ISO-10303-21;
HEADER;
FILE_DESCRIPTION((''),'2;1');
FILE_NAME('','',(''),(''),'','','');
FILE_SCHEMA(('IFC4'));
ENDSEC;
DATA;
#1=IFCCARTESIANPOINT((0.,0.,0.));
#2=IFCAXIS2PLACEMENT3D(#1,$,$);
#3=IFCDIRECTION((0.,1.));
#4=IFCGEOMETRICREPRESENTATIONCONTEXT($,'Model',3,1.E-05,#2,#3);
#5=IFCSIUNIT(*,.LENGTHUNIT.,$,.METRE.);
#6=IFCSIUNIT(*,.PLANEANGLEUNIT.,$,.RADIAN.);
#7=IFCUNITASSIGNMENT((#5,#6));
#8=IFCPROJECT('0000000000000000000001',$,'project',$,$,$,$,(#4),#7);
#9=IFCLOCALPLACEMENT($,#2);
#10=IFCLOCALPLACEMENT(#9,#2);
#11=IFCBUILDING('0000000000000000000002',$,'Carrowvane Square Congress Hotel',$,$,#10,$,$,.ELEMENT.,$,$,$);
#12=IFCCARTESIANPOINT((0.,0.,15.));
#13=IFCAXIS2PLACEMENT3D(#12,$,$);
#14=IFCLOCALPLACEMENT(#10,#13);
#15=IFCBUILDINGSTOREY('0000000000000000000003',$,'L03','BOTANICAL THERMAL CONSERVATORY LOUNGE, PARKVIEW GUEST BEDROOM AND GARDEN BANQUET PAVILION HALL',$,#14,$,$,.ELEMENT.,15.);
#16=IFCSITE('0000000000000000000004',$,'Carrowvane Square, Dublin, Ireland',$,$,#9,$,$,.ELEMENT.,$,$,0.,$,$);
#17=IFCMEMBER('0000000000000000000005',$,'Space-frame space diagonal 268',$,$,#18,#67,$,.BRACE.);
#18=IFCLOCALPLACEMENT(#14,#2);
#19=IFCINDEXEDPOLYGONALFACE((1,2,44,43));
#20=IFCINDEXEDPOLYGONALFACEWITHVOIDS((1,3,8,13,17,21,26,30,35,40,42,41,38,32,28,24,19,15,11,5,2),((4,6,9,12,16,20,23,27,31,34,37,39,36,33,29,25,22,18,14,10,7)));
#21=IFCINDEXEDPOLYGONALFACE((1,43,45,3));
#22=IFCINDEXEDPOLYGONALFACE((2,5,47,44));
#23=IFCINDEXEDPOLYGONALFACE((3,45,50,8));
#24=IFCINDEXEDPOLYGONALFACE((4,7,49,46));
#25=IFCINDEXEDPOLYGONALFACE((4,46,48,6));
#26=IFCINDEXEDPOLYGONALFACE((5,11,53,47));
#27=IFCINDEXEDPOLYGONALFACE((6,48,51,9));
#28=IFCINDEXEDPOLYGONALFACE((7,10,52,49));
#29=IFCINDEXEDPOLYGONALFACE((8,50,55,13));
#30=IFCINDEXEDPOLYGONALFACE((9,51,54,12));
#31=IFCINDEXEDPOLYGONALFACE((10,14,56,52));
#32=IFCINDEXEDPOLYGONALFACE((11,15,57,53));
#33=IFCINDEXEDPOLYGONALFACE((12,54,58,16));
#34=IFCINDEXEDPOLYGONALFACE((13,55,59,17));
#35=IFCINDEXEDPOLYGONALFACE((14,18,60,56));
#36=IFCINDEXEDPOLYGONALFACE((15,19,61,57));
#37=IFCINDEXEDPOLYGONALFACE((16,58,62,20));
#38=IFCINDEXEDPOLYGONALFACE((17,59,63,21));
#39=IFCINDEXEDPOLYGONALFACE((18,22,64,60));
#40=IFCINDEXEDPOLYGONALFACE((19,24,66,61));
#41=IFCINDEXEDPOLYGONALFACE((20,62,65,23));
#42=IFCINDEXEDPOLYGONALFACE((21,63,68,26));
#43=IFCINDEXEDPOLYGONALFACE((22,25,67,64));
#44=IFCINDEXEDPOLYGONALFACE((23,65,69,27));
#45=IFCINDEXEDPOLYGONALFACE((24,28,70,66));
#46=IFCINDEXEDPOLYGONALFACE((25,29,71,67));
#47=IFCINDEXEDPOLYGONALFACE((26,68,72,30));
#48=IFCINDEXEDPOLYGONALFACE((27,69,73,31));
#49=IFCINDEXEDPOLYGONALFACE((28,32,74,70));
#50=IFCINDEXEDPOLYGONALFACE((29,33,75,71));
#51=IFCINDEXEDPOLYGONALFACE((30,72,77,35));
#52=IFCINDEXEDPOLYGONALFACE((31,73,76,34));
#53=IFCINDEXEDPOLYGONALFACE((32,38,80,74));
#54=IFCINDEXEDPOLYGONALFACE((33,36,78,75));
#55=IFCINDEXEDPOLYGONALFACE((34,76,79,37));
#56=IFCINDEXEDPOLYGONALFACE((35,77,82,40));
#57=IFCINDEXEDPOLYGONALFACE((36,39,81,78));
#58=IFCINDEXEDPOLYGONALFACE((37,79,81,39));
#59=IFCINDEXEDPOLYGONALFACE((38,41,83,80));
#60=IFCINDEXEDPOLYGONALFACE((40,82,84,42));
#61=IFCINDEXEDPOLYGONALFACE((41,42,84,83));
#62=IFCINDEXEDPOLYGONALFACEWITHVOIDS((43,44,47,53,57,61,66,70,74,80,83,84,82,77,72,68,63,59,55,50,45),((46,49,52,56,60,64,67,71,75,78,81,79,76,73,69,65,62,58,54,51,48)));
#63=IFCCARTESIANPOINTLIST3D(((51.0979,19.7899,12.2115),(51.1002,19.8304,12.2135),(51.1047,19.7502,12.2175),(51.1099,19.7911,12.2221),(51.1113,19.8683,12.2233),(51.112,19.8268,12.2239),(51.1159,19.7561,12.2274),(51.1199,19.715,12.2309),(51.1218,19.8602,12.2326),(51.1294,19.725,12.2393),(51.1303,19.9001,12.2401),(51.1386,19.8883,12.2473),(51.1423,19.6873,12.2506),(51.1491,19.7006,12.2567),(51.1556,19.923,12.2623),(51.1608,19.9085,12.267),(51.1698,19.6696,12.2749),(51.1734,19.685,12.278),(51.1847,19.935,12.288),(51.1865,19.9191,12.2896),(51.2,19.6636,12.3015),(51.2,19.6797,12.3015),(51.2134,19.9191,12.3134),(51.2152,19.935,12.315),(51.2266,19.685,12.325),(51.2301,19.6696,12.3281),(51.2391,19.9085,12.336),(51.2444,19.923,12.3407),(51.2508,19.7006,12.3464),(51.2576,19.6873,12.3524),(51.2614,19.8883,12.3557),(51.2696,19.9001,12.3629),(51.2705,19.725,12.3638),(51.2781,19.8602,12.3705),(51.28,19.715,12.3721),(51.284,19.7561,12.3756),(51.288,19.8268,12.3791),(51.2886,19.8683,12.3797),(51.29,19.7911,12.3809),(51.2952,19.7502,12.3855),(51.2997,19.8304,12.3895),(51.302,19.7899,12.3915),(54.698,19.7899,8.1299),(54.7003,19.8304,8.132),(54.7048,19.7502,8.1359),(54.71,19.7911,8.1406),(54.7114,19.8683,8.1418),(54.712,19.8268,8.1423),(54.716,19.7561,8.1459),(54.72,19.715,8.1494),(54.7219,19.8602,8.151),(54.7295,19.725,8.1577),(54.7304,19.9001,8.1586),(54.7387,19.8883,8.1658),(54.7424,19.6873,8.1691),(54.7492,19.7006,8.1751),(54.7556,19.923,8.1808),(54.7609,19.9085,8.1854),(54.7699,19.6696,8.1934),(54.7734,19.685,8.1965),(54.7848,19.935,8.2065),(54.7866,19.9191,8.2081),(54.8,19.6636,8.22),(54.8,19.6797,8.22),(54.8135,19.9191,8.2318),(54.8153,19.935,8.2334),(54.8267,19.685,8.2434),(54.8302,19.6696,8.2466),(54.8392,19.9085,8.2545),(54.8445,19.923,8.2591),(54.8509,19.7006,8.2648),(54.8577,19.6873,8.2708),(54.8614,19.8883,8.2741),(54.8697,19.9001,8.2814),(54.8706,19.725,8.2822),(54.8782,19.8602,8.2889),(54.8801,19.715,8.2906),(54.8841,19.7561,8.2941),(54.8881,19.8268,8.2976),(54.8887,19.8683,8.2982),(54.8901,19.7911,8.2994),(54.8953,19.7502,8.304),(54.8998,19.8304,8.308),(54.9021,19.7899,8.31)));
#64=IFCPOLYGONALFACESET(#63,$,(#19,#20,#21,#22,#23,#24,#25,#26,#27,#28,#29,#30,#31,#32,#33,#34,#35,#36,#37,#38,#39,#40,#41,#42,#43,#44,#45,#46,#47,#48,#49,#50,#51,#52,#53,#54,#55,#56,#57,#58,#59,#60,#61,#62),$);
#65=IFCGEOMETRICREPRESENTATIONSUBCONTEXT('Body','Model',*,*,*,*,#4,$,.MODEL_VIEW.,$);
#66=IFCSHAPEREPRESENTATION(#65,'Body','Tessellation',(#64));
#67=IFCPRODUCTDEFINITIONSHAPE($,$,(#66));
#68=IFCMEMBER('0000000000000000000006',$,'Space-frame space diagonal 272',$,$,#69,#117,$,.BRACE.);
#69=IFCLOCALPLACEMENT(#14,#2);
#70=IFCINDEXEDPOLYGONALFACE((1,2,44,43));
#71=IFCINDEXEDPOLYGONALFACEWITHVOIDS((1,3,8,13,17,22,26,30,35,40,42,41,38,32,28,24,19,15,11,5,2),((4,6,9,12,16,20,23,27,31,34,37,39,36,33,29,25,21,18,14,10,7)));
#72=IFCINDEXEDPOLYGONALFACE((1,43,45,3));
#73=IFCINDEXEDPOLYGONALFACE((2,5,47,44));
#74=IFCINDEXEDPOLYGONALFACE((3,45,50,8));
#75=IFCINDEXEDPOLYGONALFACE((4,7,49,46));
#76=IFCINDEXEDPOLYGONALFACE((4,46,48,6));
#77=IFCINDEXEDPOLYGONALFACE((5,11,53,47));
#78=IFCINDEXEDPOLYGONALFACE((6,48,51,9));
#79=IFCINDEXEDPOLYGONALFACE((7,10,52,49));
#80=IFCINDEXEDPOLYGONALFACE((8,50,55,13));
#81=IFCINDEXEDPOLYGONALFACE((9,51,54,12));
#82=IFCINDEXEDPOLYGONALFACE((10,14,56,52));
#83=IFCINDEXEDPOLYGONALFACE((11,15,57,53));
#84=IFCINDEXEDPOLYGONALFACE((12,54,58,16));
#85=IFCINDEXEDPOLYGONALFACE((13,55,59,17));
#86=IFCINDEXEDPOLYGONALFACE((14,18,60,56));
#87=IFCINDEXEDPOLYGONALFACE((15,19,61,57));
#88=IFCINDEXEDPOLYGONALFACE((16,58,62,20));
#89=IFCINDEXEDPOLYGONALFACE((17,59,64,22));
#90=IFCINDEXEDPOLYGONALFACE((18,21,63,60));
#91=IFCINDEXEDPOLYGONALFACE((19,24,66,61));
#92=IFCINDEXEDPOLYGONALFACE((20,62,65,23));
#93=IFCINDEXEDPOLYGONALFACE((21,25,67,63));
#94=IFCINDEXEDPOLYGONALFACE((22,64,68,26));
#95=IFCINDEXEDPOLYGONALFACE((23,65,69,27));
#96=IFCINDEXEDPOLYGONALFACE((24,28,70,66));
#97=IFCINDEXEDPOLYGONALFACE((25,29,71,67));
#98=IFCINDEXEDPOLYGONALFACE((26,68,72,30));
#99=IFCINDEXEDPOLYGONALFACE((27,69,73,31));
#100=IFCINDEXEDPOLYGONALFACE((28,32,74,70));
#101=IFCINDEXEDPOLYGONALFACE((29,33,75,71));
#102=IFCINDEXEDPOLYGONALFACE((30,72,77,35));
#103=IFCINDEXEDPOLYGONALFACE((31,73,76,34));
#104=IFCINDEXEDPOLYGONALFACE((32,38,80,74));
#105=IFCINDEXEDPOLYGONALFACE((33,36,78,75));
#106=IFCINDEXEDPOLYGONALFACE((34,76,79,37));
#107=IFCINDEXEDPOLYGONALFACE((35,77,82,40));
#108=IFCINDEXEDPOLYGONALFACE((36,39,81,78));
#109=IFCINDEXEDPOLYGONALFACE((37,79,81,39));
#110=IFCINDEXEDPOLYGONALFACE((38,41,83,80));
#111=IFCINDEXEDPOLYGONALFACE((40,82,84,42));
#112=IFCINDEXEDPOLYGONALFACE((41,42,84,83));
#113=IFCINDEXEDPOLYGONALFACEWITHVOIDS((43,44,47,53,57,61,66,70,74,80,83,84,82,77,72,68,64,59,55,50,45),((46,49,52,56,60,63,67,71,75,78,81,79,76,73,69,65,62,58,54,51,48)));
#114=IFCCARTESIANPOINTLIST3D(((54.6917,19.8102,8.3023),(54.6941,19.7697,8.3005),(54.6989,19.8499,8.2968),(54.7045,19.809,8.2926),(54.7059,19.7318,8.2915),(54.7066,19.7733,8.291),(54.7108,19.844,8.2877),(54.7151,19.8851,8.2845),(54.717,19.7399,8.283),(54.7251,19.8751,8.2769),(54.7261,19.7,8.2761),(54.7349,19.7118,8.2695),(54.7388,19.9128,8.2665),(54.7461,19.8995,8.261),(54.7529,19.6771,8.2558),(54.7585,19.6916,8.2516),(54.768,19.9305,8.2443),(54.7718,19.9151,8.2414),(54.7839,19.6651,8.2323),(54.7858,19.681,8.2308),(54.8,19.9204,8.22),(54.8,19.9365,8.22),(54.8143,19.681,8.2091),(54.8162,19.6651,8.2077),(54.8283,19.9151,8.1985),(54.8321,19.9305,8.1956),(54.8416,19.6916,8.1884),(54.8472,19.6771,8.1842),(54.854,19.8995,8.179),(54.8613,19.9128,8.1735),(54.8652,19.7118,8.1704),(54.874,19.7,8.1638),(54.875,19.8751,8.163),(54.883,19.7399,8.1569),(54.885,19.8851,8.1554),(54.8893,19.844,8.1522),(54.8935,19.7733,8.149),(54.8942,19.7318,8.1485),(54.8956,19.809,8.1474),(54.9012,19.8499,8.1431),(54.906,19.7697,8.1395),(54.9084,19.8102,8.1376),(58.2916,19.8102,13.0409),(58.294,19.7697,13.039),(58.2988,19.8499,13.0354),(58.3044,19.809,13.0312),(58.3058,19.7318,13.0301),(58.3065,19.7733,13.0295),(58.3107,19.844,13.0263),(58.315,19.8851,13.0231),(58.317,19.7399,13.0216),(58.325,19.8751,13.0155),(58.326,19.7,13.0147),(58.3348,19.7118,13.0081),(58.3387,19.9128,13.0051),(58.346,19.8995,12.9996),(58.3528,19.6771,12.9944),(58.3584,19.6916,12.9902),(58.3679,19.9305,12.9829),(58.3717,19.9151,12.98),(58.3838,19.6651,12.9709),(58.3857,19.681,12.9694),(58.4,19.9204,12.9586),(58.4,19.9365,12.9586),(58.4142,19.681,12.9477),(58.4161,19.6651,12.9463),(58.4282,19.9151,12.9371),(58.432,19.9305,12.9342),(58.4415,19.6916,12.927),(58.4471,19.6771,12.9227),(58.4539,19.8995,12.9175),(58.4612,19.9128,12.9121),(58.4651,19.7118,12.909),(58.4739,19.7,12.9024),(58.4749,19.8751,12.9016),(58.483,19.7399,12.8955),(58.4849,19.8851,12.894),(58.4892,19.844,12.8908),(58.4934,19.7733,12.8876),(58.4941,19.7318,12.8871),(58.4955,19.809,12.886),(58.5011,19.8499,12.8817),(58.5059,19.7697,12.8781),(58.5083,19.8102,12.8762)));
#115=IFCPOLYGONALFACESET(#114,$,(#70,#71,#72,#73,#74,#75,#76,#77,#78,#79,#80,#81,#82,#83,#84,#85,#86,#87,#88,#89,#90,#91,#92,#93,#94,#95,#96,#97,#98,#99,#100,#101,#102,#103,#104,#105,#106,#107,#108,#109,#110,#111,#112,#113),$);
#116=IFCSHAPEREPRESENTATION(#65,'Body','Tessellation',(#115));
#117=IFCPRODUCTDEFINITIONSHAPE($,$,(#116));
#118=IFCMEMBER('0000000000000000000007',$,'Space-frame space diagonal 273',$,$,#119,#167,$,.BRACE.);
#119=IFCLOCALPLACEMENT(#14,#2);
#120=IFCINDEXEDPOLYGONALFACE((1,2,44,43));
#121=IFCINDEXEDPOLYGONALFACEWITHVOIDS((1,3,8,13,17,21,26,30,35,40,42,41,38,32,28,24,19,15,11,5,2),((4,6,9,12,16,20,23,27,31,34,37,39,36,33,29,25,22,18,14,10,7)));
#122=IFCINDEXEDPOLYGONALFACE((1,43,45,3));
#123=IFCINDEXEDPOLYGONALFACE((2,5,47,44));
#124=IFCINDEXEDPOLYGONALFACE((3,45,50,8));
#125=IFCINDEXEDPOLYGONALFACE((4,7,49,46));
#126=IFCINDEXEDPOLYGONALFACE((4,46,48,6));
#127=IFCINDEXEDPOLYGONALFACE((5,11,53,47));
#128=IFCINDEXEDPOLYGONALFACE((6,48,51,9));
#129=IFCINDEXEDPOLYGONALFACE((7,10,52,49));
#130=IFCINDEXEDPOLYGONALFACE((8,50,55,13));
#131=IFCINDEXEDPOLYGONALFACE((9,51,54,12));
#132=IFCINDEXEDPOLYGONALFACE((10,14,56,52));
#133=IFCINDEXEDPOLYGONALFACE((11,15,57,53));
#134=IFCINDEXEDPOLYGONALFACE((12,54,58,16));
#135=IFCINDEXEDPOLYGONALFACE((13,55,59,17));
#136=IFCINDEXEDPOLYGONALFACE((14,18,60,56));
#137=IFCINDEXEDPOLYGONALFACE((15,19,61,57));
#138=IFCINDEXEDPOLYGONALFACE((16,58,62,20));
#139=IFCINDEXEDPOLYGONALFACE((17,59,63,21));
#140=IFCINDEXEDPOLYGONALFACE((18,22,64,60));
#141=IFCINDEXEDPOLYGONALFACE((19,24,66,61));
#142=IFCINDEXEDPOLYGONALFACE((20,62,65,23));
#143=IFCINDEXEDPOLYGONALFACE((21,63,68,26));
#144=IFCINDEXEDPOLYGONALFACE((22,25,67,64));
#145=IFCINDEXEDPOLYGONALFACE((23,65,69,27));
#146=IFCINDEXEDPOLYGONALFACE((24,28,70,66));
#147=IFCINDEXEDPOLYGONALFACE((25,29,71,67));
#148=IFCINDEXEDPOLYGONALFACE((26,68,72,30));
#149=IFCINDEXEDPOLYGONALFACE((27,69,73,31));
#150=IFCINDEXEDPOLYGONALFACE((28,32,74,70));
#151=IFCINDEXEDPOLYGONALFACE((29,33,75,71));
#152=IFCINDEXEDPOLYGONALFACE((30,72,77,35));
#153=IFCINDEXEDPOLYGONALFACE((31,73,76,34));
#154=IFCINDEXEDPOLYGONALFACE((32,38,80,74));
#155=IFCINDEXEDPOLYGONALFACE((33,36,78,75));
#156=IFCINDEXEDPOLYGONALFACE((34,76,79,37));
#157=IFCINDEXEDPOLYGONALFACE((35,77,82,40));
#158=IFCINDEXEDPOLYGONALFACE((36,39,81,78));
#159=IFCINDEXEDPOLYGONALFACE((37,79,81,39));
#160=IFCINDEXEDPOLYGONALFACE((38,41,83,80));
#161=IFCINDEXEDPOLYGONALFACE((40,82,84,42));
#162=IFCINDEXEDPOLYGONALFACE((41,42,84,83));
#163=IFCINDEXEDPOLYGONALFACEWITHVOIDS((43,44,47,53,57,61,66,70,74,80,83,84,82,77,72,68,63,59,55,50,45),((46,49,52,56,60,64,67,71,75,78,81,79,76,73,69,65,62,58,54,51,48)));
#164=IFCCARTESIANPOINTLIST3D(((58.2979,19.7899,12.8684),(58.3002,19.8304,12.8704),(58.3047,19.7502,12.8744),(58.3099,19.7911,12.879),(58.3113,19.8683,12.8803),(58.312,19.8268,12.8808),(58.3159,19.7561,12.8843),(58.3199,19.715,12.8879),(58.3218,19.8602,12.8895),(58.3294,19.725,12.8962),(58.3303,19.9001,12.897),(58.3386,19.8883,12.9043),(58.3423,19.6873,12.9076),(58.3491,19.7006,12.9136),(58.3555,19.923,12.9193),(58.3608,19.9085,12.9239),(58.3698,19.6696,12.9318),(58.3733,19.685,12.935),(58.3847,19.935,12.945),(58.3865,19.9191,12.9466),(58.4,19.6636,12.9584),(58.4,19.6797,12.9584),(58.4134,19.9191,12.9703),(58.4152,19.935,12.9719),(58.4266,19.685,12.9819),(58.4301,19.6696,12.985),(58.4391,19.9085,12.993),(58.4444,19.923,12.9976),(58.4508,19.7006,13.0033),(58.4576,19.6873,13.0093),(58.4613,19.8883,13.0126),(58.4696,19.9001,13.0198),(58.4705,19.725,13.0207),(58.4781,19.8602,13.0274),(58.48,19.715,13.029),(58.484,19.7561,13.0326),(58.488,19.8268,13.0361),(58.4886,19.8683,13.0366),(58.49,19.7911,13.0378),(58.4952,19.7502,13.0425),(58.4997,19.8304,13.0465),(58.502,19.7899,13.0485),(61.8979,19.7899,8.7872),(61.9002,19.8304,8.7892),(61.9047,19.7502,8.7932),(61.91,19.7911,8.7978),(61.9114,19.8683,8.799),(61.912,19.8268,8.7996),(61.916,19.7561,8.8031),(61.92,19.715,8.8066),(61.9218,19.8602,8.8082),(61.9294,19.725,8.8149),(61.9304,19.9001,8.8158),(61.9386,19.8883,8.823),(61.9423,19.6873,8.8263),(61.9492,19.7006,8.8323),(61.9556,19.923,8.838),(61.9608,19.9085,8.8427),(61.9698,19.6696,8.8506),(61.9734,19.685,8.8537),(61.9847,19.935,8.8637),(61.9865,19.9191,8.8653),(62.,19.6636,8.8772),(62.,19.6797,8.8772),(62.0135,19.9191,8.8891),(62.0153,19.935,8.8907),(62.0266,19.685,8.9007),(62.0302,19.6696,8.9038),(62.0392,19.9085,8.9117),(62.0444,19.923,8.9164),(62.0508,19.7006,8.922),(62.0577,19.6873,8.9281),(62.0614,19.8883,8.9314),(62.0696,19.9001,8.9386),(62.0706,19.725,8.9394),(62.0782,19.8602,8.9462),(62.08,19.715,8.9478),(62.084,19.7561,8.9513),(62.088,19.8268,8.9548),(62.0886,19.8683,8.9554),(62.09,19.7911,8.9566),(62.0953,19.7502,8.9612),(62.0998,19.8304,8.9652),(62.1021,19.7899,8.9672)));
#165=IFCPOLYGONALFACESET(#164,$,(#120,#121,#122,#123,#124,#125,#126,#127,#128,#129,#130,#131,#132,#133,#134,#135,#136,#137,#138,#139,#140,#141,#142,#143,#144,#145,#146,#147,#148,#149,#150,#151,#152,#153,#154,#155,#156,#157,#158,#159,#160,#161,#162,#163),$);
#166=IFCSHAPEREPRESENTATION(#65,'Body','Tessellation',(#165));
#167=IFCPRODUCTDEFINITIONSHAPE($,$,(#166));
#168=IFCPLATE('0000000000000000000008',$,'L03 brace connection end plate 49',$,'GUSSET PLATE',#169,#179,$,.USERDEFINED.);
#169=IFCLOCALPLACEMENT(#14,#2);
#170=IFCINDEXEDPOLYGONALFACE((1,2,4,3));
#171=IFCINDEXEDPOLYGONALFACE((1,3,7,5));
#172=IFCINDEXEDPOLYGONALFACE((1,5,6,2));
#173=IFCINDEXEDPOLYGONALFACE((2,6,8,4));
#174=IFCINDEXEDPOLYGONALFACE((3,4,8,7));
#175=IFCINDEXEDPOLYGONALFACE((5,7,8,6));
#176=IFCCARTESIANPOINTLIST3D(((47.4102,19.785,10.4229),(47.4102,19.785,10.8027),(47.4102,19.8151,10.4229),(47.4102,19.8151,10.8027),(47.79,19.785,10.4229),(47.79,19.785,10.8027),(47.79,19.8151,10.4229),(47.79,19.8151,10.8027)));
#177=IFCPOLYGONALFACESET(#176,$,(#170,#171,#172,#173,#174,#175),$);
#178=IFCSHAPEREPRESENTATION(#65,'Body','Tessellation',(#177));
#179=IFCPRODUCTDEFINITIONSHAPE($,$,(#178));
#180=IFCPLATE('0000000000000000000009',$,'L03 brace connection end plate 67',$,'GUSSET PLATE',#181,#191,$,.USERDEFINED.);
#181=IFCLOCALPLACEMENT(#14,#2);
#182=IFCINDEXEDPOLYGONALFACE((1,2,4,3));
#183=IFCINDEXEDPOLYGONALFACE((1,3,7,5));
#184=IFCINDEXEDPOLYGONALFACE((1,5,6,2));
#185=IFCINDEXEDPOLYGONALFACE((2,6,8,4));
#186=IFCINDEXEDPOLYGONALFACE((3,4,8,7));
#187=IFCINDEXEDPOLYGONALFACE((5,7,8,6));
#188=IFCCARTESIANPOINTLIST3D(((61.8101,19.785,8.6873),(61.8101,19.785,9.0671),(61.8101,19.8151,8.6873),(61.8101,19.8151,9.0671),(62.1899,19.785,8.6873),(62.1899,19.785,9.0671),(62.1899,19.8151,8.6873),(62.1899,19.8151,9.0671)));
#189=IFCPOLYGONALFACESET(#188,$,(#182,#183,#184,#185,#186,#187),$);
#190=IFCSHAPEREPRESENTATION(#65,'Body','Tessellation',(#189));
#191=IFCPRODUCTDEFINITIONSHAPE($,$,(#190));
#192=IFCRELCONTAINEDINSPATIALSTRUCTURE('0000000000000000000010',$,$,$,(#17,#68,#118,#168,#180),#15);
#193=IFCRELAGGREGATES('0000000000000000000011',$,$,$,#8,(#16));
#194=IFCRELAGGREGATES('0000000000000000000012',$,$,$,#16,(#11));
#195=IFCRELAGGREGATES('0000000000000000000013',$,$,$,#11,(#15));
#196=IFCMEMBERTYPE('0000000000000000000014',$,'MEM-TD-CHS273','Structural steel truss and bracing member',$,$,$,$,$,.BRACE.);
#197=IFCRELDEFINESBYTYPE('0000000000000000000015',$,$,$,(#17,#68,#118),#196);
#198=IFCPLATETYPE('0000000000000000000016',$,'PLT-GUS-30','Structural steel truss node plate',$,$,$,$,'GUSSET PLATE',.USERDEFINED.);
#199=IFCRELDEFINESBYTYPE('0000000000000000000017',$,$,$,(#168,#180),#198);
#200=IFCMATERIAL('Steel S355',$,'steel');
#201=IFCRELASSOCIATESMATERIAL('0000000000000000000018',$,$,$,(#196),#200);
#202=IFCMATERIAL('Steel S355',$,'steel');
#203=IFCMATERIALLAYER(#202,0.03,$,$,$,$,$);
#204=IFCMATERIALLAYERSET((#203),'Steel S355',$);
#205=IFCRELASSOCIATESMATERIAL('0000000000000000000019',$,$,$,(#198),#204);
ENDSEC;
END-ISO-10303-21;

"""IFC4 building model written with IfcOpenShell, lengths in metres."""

from ifc_helpers import new_model, si_unit, direction, frame, origin, origin_2d, place, context, subcontext, project, spatial, rectangle, hollow_circle, extrude, material, layer, layer_set, material_profile, profile_set, type_object, element, save


model = new_model("IFC4")

# Units and contexts
model_context = context("Model", 3, precision=1e-05, world=origin(), true_north=direction((0.0, 1.0)))
body_context = subcontext(model_context, "Body", "Model", "MODEL_VIEW")
ifc_project = project(units=[si_unit("LENGTHUNIT", "METRE"), si_unit("PLANEANGLEUNIT", "RADIAN")], contexts=[model_context])

# Site, building, storey
site_placement = place(None, origin())
site = spatial("IfcSite", under=ifc_project, at=site_placement, Name="Carrowvane Square, Dublin, Ireland", CompositionType="ELEMENT", RefElevation=0.0)
building_placement = place(site_placement, origin())
building = spatial("IfcBuilding", under=site, at=building_placement, Name="Carrowvane Square Congress Hotel", CompositionType="ELEMENT")
storey_placement = place(building_placement, frame((0.0, 0.0, 15.0)))
storey = spatial("IfcBuildingStorey", under=building, at=storey_placement, Name="L03", Description="BOTANICAL THERMAL CONSERVATORY LOUNGE, PARKVIEW GUEST BEDROOM AND GARDEN BANQUET PAVILION HALL", CompositionType="ELEMENT", Elevation=15.0)

# Members
ifc_material_1 = material(Name="Steel S355", Category="steel")
ifc_material_profile_1 = material_profile(ifc_material_1, hollow_circle(Radius=0.1365, WallThickness=0.0161, at=origin_2d()), Name="CHS 273.0x16")
ifc_profile_set_1 = profile_set([ifc_material_profile_1], Name="Steel S355")
member_type_1 = type_object("IfcMemberType", Name="MEM-TD-CHS273", Description="Structural steel truss and bracing member", PredefinedType="BRACE", material=ifc_profile_set_1)
member_1_placement = place(storey_placement, frame((54.8, 19.8, 8.22), z_axis=(-0.661491, 0.0, 0.749953), x_axis=(0.0, -1.0, 0.0)))
element("IfcMember", 1, at=member_1_placement, inside=storey, type_object=member_type_1, Name="Space-frame space diagonal 268", PredefinedType="BRACE", context=body_context, shape_type="SweptSolid", body=[
    extrude(hollow_circle(Radius=0.1365, WallThickness=0.0161, at=origin_2d()), origin(), (0.0, 0.0, 1.0), 5.4424),
])
member_2_placement = place(storey_placement, frame((54.8, 19.8, 8.22), z_axis=(0.604931, 0.0, 0.796278), x_axis=(0.0, 1.0, 0.0)))
element("IfcMember", 2, at=member_2_placement, inside=storey, type_object=member_type_1, Name="Space-frame space diagonal 272", PredefinedType="BRACE", context=body_context, shape_type="SweptSolid", body=[
    extrude(hollow_circle(Radius=0.1365, WallThickness=0.0161, at=origin_2d()), origin(), (0.0, 0.0, 1.0), 5.9509),
])
member_3_placement = place(storey_placement, frame((62.0, 19.8, 8.8772), z_axis=(-0.661513, 0.0, 0.749933), x_axis=(0.0, -1.0, 0.0)))
element("IfcMember", 3, at=member_3_placement, inside=storey, type_object=member_type_1, Name="Space-frame space diagonal 273", PredefinedType="BRACE", context=body_context, shape_type="SweptSolid", body=[
    extrude(hollow_circle(Radius=0.1365, WallThickness=0.0161, at=origin_2d()), origin(), (0.0, 0.0, 1.0), 5.4421),
])

# Plates
ifc_material_2 = material(Name="Steel S355", Category="steel")
ifc_layer_1 = layer(ifc_material_2, 0.03)
ifc_layer_set_1 = layer_set([ifc_layer_1], Name="Steel S355")
plate_type_1 = type_object("IfcPlateType", Name="PLT-GUS-30", Description="Structural steel truss node plate", ElementType="GUSSET PLATE", PredefinedType="USERDEFINED", material=ifc_layer_set_1)
for number, where, z_axis, x_axis, name in (
    (4, (47.6001, 19.8, 10.4229), (0.0, 0.0, 1.0), (1.0, 0.0, 0.0), "L03 brace connection end plate 49"),
    (5, (62.0, 19.8, 8.6873), (0.0, 0.0, 1.0), (1.0, 0.0, 0.0), "L03 brace connection end plate 67"),
):
    element("IfcPlate", number, at=place(storey_placement, frame(where, z_axis=z_axis, x_axis=x_axis)), inside=storey, type_object=plate_type_1, Name=name, ObjectType="GUSSET PLATE", PredefinedType="USERDEFINED", context=body_context, shape_type="SweptSolid", body=[
        extrude(rectangle(XDim=0.3799, YDim=0.03, at=origin_2d()), origin(), (0.0, 0.0, 1.0), 0.3799),
    ])

save(model, "model.ifc")
